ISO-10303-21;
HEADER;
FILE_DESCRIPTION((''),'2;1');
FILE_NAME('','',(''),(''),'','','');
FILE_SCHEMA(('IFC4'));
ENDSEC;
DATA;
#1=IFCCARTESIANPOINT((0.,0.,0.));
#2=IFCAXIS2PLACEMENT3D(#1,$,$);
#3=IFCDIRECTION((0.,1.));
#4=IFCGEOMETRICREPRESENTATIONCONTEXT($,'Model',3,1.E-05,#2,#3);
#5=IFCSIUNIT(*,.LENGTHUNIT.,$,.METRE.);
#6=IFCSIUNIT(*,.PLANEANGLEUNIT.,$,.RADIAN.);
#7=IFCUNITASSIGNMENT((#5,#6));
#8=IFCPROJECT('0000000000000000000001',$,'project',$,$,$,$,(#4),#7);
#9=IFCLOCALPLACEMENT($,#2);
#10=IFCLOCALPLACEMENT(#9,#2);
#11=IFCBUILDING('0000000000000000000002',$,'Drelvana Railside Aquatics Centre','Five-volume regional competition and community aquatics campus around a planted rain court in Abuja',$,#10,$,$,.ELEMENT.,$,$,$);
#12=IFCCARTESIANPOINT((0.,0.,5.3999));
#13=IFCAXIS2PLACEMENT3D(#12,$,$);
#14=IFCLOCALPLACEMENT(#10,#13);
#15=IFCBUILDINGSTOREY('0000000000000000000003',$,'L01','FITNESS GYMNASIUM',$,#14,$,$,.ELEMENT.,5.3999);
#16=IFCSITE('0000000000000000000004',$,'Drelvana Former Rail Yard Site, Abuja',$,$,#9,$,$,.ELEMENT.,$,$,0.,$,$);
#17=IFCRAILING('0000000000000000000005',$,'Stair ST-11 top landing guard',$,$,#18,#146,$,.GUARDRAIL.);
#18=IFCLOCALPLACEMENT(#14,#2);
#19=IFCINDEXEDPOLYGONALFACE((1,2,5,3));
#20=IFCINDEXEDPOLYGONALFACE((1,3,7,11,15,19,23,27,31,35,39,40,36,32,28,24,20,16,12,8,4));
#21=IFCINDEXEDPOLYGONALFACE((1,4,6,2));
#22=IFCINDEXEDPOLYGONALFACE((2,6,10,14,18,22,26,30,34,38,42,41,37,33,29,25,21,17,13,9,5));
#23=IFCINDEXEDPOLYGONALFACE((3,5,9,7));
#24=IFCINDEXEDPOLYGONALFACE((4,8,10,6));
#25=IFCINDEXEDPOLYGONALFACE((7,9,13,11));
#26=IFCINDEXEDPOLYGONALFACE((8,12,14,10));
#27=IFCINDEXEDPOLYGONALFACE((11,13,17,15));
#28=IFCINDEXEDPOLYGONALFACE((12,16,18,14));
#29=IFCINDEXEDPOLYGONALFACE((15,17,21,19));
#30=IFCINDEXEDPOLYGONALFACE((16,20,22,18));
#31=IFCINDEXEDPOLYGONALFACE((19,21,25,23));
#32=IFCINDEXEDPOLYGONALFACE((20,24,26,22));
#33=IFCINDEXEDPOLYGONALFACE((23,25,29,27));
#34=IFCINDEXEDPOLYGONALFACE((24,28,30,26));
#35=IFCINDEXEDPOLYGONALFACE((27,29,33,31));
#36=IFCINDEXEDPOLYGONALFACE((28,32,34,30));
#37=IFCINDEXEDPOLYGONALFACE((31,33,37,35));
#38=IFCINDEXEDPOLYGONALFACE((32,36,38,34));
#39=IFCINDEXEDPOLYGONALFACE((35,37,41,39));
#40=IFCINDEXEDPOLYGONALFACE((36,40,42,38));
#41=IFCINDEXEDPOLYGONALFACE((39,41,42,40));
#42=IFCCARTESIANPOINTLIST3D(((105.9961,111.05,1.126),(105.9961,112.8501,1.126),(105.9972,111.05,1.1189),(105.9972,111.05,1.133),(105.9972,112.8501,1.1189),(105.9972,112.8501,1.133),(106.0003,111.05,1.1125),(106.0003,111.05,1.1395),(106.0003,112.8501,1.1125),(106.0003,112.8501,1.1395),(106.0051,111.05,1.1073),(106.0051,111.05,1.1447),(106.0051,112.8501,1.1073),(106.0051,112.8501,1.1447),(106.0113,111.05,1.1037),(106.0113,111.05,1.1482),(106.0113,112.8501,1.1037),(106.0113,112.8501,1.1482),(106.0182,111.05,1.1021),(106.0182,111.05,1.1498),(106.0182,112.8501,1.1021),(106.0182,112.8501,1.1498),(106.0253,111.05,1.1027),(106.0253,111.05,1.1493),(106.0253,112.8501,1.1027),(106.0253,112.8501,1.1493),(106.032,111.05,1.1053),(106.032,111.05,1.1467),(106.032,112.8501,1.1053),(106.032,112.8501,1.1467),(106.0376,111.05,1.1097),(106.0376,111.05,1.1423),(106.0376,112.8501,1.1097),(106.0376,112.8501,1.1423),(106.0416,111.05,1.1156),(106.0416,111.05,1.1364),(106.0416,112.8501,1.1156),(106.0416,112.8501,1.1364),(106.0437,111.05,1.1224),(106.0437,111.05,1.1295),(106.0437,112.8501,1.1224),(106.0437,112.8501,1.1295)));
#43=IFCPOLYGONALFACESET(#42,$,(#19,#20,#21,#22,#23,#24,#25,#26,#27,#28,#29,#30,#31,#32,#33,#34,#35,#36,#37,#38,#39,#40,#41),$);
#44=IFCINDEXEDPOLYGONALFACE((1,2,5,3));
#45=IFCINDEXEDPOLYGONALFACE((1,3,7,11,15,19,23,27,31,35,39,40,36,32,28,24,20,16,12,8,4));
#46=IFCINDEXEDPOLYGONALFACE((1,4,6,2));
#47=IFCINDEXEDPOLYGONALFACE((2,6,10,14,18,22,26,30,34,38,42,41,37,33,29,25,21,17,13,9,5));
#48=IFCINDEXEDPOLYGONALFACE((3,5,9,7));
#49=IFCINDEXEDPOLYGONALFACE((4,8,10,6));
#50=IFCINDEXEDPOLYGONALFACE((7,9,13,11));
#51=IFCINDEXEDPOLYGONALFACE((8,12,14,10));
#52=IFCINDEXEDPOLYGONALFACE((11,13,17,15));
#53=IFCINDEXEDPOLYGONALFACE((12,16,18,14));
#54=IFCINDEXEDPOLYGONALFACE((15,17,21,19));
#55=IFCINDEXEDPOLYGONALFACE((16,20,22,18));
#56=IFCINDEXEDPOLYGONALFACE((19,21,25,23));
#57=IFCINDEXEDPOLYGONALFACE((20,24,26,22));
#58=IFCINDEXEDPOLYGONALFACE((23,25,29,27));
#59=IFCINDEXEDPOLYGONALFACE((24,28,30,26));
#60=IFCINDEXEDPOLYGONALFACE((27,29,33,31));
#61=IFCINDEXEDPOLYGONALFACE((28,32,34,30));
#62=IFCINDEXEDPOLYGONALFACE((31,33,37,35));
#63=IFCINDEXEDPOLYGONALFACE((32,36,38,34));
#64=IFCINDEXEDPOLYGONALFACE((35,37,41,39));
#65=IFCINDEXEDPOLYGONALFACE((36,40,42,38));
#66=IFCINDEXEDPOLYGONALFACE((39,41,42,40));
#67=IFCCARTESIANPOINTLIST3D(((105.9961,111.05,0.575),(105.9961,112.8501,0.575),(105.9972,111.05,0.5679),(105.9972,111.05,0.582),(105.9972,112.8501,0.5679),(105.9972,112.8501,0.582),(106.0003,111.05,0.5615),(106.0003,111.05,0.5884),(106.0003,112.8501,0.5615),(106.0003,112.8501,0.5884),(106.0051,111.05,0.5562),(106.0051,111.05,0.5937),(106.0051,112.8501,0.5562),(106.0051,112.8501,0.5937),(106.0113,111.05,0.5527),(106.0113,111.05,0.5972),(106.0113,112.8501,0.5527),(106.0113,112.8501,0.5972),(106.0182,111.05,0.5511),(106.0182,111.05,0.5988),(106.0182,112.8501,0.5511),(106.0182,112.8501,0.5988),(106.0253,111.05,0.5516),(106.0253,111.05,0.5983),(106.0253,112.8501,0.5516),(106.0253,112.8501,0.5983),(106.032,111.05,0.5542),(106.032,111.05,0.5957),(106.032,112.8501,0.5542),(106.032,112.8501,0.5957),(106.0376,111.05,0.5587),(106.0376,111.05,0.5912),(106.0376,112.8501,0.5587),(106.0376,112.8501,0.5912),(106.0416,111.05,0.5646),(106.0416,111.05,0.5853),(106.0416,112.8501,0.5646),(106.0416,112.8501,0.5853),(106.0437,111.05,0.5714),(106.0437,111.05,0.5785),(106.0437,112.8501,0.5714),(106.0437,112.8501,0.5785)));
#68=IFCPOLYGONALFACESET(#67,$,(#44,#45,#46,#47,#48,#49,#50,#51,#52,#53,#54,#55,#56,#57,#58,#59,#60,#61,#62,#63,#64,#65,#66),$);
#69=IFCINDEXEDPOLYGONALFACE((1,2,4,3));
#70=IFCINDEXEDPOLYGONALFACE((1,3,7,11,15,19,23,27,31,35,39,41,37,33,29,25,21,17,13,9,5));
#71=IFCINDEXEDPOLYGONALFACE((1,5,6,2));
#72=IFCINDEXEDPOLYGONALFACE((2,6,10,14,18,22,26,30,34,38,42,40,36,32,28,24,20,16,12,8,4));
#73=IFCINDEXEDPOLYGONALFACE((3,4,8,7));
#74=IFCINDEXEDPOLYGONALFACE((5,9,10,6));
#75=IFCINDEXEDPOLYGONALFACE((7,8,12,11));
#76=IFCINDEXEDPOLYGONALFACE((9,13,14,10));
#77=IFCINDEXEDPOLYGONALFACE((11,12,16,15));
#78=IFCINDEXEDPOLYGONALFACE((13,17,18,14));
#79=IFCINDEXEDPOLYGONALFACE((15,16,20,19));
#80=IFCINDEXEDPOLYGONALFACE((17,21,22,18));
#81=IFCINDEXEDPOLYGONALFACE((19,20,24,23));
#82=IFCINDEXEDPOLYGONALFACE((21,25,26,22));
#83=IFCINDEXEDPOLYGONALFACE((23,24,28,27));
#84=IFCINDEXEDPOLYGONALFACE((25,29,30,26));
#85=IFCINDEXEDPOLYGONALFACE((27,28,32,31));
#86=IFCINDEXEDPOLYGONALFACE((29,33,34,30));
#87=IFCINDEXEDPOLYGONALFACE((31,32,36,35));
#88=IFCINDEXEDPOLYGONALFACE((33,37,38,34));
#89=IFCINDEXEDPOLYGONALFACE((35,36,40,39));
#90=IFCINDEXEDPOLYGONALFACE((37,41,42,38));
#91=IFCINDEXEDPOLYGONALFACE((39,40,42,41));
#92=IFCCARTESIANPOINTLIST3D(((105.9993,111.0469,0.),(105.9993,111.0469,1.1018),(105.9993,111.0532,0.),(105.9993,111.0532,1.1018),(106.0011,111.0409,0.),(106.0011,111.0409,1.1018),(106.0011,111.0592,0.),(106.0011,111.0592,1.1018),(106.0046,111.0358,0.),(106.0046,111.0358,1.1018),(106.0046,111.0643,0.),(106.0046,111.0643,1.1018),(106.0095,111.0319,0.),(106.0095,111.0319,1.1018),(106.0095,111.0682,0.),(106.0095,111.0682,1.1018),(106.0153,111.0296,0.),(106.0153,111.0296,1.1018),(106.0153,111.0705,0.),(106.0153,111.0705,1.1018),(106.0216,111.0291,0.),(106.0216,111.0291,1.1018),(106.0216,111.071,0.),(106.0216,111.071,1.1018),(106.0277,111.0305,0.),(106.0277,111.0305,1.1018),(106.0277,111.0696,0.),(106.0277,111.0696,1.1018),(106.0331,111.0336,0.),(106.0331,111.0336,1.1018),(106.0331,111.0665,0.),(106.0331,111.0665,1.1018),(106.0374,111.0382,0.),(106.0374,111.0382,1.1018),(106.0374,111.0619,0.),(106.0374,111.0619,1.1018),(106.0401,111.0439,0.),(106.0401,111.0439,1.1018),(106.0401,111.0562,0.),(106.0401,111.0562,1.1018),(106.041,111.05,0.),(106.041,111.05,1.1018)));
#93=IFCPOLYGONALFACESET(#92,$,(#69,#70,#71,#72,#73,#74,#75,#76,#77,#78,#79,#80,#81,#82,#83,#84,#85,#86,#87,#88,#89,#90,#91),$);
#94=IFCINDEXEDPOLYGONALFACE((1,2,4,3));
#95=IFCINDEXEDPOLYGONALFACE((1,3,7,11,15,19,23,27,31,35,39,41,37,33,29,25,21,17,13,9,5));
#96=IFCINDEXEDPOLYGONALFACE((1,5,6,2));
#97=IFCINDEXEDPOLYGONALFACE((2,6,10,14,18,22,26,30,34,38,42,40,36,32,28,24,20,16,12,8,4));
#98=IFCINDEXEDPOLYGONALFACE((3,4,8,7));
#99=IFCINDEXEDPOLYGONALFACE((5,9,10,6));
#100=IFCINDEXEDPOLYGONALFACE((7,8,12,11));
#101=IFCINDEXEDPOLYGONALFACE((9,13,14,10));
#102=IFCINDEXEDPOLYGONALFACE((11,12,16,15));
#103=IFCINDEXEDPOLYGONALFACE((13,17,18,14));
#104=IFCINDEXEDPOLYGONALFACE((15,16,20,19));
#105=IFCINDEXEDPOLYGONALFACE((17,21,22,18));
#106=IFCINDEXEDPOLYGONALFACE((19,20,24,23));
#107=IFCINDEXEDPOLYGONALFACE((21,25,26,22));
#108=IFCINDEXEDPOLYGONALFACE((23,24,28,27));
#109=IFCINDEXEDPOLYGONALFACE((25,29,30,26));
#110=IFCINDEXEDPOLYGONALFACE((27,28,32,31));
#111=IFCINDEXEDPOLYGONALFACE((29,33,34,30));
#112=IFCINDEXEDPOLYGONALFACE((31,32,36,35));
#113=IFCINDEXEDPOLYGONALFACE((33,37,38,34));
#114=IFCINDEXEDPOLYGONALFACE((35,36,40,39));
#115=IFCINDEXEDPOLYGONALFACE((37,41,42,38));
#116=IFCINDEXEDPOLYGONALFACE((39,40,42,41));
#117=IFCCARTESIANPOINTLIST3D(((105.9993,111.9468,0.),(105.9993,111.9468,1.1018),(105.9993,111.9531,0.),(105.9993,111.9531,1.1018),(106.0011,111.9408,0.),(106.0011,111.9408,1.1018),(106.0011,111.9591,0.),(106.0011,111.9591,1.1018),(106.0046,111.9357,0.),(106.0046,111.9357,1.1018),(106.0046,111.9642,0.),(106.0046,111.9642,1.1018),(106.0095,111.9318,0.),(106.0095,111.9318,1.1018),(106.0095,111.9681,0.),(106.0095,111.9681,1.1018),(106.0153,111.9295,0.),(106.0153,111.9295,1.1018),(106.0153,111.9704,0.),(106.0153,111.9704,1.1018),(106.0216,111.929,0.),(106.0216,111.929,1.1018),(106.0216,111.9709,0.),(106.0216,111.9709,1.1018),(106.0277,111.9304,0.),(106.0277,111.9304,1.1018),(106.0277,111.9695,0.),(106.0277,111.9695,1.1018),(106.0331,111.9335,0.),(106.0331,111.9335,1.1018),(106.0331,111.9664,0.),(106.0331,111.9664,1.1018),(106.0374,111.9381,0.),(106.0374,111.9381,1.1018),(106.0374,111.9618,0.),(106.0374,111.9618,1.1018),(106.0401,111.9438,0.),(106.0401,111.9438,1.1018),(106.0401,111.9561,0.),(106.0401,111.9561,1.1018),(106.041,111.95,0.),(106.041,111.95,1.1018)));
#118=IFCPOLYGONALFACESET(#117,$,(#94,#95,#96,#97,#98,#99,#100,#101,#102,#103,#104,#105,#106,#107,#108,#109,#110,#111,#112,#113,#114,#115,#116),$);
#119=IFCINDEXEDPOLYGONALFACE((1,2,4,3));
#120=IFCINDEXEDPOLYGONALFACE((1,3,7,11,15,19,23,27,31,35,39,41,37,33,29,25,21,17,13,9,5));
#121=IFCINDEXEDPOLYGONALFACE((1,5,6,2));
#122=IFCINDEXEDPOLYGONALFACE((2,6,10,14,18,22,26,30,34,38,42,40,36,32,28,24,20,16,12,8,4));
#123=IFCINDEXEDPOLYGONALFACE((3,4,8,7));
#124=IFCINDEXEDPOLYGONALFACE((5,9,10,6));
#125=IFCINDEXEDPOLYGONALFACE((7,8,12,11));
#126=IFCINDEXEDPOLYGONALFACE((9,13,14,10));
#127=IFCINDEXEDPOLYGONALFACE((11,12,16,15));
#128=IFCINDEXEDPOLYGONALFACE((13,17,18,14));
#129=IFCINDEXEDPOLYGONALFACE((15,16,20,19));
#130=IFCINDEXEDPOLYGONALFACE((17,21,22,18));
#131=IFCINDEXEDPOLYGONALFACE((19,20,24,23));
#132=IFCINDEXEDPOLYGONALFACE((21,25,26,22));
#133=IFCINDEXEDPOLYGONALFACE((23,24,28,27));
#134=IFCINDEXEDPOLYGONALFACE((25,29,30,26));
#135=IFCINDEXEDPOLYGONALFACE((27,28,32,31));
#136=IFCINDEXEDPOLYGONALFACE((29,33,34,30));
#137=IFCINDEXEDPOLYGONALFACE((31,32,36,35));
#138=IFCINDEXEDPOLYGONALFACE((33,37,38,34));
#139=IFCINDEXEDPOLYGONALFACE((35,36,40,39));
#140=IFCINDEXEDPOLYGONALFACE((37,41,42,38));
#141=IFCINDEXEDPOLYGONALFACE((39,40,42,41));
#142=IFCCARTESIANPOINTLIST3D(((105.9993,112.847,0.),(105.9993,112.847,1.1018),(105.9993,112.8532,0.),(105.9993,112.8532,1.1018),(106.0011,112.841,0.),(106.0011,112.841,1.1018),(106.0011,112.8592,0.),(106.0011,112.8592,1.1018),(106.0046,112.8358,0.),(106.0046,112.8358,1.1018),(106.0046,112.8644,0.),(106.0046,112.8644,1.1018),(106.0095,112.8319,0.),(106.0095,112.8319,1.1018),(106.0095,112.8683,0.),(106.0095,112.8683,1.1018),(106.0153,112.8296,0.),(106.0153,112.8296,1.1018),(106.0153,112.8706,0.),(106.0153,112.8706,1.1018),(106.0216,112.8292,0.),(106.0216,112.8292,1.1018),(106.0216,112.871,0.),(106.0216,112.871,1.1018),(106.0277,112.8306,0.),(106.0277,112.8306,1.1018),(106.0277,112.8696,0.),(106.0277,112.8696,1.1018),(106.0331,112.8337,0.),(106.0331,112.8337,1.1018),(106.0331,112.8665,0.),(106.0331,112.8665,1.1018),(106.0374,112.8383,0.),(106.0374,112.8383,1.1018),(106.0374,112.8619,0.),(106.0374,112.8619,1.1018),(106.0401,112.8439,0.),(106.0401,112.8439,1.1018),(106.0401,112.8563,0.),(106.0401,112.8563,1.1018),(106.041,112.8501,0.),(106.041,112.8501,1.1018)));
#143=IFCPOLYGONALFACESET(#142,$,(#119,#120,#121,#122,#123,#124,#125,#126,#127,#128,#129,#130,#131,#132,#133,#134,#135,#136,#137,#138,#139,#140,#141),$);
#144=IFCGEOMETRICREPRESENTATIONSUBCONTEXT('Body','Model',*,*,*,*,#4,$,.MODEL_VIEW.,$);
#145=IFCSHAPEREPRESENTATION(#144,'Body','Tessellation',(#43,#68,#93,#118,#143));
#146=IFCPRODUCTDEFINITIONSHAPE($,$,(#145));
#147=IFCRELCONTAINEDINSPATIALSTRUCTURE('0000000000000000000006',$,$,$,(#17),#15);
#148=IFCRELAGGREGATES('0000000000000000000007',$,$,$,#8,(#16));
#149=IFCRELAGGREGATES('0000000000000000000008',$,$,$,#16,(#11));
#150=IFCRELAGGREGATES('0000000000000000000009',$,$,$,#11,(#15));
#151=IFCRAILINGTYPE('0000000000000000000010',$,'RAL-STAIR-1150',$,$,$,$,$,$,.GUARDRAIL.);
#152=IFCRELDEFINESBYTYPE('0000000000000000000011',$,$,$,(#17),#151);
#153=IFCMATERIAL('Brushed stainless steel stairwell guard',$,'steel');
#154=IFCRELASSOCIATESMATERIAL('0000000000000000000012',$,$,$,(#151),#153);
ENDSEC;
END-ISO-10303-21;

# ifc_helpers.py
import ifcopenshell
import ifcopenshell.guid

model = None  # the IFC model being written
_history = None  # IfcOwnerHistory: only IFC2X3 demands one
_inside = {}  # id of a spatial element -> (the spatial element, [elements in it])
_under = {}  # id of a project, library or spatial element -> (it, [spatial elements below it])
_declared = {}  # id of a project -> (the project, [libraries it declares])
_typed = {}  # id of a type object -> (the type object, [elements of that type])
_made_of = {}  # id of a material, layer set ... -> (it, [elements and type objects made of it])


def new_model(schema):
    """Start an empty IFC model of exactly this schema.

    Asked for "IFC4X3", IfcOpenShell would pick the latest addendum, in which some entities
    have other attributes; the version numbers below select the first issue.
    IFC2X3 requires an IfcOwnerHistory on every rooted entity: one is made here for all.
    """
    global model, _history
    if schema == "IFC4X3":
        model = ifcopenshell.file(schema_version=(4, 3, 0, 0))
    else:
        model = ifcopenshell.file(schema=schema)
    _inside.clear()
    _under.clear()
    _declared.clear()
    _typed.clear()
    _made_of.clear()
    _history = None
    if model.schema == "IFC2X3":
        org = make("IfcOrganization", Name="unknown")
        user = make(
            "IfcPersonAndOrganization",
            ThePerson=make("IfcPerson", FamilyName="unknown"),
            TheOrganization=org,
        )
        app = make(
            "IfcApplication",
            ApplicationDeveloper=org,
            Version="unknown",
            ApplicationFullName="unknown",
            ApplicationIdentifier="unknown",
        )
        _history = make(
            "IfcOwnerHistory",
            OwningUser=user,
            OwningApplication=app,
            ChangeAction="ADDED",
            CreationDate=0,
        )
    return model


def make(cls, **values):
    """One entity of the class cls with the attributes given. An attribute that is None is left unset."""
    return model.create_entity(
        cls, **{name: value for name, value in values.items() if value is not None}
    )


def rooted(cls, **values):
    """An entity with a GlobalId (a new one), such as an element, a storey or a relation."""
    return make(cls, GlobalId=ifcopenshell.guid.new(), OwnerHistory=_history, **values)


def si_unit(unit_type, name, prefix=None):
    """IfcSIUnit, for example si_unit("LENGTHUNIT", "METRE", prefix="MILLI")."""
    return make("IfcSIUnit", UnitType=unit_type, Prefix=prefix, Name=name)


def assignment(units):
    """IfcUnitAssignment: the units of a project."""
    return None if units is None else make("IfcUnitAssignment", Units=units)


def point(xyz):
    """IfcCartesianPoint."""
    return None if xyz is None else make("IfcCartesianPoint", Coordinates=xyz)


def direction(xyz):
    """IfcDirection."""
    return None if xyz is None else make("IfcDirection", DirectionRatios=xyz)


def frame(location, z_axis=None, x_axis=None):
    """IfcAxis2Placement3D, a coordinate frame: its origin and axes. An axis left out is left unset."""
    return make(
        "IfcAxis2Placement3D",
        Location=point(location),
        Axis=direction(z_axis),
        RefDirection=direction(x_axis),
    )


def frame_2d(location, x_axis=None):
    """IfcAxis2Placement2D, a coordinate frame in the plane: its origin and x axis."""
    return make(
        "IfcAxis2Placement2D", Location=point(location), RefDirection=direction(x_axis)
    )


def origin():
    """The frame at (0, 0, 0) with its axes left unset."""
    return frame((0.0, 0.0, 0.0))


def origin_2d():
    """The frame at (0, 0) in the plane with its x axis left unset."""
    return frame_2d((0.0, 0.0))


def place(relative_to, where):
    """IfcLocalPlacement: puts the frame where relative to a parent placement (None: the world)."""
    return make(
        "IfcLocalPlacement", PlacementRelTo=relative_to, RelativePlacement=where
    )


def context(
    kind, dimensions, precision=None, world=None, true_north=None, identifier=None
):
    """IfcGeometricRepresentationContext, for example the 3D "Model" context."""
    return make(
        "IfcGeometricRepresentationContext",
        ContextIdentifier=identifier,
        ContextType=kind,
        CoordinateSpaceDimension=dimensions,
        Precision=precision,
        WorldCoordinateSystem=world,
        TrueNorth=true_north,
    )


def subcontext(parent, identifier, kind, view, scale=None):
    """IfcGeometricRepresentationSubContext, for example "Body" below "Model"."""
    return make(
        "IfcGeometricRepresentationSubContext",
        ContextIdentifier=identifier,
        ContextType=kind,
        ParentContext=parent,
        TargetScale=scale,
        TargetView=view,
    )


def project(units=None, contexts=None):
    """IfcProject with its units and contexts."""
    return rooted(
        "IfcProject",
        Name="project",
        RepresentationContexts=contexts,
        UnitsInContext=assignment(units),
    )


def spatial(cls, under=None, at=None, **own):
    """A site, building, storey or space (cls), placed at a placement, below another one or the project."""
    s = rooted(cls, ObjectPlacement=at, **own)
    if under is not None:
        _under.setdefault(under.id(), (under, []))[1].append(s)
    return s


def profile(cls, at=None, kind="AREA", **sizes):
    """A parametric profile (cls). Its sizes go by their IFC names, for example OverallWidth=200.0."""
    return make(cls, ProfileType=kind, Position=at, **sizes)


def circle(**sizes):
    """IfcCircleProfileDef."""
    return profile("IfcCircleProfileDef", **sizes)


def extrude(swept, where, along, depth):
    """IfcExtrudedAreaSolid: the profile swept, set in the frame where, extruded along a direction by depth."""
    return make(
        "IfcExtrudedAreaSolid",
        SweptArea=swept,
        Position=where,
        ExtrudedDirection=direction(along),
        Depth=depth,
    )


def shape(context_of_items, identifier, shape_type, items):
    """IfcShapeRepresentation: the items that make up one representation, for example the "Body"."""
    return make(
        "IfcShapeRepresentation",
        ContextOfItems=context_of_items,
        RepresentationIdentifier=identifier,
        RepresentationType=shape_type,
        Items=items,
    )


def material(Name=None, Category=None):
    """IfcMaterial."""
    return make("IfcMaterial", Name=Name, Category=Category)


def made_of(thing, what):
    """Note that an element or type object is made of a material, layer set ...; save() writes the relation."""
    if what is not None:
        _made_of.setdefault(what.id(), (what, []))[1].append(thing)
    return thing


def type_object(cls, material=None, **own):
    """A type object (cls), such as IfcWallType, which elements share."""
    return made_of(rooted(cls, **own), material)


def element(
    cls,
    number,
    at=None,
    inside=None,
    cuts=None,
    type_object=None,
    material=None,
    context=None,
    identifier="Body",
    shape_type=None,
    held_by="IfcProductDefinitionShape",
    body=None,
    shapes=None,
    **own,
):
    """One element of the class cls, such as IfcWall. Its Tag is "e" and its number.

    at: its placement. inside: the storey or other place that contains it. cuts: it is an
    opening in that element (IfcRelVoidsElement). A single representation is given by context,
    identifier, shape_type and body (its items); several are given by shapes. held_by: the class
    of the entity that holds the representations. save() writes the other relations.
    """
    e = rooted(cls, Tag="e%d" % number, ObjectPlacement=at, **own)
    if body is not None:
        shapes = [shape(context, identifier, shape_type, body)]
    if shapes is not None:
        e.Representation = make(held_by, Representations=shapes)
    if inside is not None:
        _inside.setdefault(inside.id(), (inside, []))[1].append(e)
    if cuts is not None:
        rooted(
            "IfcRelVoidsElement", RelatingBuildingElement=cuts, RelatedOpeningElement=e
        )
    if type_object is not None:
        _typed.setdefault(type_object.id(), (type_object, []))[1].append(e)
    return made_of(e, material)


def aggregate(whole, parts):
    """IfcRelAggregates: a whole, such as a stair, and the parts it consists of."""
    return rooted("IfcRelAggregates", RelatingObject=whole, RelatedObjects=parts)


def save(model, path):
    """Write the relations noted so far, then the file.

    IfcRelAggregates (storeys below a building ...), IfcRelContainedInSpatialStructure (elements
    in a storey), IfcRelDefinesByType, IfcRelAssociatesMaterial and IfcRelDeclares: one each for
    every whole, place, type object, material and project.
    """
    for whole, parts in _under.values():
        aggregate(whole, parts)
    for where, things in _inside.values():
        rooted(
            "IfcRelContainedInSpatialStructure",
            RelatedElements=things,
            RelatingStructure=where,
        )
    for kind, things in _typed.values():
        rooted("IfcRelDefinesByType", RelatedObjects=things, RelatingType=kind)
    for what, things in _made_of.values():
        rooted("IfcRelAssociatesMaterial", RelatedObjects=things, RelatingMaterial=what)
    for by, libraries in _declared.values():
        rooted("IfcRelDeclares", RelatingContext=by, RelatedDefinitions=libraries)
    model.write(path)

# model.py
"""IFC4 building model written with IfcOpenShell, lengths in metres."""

from ifc_helpers import new_model, si_unit, direction, frame, origin, origin_2d, place, context, subcontext, project, spatial, circle, extrude, material, type_object, element, save


model = new_model("IFC4")

# Units and contexts
model_context = context("Model", 3, precision=1e-05, world=origin(), true_north=direction((0.0, 1.0)))
body_context = subcontext(model_context, "Body", "Model", "MODEL_VIEW")
ifc_project = project(units=[si_unit("LENGTHUNIT", "METRE"), si_unit("PLANEANGLEUNIT", "RADIAN")], contexts=[model_context])

# Site, building, storey
site_placement = place(None, origin())
site = spatial("IfcSite", under=ifc_project, at=site_placement, Name="Drelvana Former Rail Yard Site, Abuja", CompositionType="ELEMENT", RefElevation=0.0)
building_placement = place(site_placement, origin())
building = spatial("IfcBuilding", under=site, at=building_placement, Name="Drelvana Railside Aquatics Centre", Description="Five-volume regional competition and community aquatics campus around a planted rain court in Abuja", CompositionType="ELEMENT")
storey_placement = place(building_placement, frame((0.0, 0.0, 5.3999)))
storey = spatial("IfcBuildingStorey", under=building, at=storey_placement, Name="L01", Description="FITNESS GYMNASIUM", CompositionType="ELEMENT", Elevation=5.3999)

# Railing
ifc_material_1 = material(Name="Brushed stainless steel stairwell guard", Category="steel")
railing_type = type_object("IfcRailingType", Name="RAL-STAIR-1150", PredefinedType="GUARDRAIL", material=ifc_material_1)
railing_placement = place(storey_placement, frame((106.02, 111.05, 0.0)))
element("IfcRailing", 1, at=railing_placement, inside=storey, type_object=railing_type, Name="Stair ST-11 top landing guard", PredefinedType="GUARDRAIL", context=body_context, shape_type="SweptSolid", body=[
    extrude(circle(Radius=0.0239, at=origin_2d()), frame((0.0, 0.0, 1.126), z_axis=(0.0, 1.0, 0.0), x_axis=(-1.0, 0.0, 0.0)), (0.0, 0.0, 1.0), 1.8),
    extrude(circle(Radius=0.0239, at=origin_2d()), frame((0.0, 0.0, 0.575), z_axis=(0.0, 1.0, 0.0), x_axis=(-1.0, 0.0, 0.0)), (0.0, 0.0, 1.0), 1.8),
    extrude(circle(Radius=0.021, at=origin_2d()), origin(), (0.0, 0.0, 1.0), 1.1018),
    extrude(circle(Radius=0.021, at=origin_2d()), frame((0.0, 0.8999, 0.0)), (0.0, 0.0, 1.0), 1.1018),
    extrude(circle(Radius=0.021, at=origin_2d()), frame((0.0, 1.8, 0.0)), (0.0, 0.0, 1.0), 1.1018),
])

save(model, "model.ifc")
